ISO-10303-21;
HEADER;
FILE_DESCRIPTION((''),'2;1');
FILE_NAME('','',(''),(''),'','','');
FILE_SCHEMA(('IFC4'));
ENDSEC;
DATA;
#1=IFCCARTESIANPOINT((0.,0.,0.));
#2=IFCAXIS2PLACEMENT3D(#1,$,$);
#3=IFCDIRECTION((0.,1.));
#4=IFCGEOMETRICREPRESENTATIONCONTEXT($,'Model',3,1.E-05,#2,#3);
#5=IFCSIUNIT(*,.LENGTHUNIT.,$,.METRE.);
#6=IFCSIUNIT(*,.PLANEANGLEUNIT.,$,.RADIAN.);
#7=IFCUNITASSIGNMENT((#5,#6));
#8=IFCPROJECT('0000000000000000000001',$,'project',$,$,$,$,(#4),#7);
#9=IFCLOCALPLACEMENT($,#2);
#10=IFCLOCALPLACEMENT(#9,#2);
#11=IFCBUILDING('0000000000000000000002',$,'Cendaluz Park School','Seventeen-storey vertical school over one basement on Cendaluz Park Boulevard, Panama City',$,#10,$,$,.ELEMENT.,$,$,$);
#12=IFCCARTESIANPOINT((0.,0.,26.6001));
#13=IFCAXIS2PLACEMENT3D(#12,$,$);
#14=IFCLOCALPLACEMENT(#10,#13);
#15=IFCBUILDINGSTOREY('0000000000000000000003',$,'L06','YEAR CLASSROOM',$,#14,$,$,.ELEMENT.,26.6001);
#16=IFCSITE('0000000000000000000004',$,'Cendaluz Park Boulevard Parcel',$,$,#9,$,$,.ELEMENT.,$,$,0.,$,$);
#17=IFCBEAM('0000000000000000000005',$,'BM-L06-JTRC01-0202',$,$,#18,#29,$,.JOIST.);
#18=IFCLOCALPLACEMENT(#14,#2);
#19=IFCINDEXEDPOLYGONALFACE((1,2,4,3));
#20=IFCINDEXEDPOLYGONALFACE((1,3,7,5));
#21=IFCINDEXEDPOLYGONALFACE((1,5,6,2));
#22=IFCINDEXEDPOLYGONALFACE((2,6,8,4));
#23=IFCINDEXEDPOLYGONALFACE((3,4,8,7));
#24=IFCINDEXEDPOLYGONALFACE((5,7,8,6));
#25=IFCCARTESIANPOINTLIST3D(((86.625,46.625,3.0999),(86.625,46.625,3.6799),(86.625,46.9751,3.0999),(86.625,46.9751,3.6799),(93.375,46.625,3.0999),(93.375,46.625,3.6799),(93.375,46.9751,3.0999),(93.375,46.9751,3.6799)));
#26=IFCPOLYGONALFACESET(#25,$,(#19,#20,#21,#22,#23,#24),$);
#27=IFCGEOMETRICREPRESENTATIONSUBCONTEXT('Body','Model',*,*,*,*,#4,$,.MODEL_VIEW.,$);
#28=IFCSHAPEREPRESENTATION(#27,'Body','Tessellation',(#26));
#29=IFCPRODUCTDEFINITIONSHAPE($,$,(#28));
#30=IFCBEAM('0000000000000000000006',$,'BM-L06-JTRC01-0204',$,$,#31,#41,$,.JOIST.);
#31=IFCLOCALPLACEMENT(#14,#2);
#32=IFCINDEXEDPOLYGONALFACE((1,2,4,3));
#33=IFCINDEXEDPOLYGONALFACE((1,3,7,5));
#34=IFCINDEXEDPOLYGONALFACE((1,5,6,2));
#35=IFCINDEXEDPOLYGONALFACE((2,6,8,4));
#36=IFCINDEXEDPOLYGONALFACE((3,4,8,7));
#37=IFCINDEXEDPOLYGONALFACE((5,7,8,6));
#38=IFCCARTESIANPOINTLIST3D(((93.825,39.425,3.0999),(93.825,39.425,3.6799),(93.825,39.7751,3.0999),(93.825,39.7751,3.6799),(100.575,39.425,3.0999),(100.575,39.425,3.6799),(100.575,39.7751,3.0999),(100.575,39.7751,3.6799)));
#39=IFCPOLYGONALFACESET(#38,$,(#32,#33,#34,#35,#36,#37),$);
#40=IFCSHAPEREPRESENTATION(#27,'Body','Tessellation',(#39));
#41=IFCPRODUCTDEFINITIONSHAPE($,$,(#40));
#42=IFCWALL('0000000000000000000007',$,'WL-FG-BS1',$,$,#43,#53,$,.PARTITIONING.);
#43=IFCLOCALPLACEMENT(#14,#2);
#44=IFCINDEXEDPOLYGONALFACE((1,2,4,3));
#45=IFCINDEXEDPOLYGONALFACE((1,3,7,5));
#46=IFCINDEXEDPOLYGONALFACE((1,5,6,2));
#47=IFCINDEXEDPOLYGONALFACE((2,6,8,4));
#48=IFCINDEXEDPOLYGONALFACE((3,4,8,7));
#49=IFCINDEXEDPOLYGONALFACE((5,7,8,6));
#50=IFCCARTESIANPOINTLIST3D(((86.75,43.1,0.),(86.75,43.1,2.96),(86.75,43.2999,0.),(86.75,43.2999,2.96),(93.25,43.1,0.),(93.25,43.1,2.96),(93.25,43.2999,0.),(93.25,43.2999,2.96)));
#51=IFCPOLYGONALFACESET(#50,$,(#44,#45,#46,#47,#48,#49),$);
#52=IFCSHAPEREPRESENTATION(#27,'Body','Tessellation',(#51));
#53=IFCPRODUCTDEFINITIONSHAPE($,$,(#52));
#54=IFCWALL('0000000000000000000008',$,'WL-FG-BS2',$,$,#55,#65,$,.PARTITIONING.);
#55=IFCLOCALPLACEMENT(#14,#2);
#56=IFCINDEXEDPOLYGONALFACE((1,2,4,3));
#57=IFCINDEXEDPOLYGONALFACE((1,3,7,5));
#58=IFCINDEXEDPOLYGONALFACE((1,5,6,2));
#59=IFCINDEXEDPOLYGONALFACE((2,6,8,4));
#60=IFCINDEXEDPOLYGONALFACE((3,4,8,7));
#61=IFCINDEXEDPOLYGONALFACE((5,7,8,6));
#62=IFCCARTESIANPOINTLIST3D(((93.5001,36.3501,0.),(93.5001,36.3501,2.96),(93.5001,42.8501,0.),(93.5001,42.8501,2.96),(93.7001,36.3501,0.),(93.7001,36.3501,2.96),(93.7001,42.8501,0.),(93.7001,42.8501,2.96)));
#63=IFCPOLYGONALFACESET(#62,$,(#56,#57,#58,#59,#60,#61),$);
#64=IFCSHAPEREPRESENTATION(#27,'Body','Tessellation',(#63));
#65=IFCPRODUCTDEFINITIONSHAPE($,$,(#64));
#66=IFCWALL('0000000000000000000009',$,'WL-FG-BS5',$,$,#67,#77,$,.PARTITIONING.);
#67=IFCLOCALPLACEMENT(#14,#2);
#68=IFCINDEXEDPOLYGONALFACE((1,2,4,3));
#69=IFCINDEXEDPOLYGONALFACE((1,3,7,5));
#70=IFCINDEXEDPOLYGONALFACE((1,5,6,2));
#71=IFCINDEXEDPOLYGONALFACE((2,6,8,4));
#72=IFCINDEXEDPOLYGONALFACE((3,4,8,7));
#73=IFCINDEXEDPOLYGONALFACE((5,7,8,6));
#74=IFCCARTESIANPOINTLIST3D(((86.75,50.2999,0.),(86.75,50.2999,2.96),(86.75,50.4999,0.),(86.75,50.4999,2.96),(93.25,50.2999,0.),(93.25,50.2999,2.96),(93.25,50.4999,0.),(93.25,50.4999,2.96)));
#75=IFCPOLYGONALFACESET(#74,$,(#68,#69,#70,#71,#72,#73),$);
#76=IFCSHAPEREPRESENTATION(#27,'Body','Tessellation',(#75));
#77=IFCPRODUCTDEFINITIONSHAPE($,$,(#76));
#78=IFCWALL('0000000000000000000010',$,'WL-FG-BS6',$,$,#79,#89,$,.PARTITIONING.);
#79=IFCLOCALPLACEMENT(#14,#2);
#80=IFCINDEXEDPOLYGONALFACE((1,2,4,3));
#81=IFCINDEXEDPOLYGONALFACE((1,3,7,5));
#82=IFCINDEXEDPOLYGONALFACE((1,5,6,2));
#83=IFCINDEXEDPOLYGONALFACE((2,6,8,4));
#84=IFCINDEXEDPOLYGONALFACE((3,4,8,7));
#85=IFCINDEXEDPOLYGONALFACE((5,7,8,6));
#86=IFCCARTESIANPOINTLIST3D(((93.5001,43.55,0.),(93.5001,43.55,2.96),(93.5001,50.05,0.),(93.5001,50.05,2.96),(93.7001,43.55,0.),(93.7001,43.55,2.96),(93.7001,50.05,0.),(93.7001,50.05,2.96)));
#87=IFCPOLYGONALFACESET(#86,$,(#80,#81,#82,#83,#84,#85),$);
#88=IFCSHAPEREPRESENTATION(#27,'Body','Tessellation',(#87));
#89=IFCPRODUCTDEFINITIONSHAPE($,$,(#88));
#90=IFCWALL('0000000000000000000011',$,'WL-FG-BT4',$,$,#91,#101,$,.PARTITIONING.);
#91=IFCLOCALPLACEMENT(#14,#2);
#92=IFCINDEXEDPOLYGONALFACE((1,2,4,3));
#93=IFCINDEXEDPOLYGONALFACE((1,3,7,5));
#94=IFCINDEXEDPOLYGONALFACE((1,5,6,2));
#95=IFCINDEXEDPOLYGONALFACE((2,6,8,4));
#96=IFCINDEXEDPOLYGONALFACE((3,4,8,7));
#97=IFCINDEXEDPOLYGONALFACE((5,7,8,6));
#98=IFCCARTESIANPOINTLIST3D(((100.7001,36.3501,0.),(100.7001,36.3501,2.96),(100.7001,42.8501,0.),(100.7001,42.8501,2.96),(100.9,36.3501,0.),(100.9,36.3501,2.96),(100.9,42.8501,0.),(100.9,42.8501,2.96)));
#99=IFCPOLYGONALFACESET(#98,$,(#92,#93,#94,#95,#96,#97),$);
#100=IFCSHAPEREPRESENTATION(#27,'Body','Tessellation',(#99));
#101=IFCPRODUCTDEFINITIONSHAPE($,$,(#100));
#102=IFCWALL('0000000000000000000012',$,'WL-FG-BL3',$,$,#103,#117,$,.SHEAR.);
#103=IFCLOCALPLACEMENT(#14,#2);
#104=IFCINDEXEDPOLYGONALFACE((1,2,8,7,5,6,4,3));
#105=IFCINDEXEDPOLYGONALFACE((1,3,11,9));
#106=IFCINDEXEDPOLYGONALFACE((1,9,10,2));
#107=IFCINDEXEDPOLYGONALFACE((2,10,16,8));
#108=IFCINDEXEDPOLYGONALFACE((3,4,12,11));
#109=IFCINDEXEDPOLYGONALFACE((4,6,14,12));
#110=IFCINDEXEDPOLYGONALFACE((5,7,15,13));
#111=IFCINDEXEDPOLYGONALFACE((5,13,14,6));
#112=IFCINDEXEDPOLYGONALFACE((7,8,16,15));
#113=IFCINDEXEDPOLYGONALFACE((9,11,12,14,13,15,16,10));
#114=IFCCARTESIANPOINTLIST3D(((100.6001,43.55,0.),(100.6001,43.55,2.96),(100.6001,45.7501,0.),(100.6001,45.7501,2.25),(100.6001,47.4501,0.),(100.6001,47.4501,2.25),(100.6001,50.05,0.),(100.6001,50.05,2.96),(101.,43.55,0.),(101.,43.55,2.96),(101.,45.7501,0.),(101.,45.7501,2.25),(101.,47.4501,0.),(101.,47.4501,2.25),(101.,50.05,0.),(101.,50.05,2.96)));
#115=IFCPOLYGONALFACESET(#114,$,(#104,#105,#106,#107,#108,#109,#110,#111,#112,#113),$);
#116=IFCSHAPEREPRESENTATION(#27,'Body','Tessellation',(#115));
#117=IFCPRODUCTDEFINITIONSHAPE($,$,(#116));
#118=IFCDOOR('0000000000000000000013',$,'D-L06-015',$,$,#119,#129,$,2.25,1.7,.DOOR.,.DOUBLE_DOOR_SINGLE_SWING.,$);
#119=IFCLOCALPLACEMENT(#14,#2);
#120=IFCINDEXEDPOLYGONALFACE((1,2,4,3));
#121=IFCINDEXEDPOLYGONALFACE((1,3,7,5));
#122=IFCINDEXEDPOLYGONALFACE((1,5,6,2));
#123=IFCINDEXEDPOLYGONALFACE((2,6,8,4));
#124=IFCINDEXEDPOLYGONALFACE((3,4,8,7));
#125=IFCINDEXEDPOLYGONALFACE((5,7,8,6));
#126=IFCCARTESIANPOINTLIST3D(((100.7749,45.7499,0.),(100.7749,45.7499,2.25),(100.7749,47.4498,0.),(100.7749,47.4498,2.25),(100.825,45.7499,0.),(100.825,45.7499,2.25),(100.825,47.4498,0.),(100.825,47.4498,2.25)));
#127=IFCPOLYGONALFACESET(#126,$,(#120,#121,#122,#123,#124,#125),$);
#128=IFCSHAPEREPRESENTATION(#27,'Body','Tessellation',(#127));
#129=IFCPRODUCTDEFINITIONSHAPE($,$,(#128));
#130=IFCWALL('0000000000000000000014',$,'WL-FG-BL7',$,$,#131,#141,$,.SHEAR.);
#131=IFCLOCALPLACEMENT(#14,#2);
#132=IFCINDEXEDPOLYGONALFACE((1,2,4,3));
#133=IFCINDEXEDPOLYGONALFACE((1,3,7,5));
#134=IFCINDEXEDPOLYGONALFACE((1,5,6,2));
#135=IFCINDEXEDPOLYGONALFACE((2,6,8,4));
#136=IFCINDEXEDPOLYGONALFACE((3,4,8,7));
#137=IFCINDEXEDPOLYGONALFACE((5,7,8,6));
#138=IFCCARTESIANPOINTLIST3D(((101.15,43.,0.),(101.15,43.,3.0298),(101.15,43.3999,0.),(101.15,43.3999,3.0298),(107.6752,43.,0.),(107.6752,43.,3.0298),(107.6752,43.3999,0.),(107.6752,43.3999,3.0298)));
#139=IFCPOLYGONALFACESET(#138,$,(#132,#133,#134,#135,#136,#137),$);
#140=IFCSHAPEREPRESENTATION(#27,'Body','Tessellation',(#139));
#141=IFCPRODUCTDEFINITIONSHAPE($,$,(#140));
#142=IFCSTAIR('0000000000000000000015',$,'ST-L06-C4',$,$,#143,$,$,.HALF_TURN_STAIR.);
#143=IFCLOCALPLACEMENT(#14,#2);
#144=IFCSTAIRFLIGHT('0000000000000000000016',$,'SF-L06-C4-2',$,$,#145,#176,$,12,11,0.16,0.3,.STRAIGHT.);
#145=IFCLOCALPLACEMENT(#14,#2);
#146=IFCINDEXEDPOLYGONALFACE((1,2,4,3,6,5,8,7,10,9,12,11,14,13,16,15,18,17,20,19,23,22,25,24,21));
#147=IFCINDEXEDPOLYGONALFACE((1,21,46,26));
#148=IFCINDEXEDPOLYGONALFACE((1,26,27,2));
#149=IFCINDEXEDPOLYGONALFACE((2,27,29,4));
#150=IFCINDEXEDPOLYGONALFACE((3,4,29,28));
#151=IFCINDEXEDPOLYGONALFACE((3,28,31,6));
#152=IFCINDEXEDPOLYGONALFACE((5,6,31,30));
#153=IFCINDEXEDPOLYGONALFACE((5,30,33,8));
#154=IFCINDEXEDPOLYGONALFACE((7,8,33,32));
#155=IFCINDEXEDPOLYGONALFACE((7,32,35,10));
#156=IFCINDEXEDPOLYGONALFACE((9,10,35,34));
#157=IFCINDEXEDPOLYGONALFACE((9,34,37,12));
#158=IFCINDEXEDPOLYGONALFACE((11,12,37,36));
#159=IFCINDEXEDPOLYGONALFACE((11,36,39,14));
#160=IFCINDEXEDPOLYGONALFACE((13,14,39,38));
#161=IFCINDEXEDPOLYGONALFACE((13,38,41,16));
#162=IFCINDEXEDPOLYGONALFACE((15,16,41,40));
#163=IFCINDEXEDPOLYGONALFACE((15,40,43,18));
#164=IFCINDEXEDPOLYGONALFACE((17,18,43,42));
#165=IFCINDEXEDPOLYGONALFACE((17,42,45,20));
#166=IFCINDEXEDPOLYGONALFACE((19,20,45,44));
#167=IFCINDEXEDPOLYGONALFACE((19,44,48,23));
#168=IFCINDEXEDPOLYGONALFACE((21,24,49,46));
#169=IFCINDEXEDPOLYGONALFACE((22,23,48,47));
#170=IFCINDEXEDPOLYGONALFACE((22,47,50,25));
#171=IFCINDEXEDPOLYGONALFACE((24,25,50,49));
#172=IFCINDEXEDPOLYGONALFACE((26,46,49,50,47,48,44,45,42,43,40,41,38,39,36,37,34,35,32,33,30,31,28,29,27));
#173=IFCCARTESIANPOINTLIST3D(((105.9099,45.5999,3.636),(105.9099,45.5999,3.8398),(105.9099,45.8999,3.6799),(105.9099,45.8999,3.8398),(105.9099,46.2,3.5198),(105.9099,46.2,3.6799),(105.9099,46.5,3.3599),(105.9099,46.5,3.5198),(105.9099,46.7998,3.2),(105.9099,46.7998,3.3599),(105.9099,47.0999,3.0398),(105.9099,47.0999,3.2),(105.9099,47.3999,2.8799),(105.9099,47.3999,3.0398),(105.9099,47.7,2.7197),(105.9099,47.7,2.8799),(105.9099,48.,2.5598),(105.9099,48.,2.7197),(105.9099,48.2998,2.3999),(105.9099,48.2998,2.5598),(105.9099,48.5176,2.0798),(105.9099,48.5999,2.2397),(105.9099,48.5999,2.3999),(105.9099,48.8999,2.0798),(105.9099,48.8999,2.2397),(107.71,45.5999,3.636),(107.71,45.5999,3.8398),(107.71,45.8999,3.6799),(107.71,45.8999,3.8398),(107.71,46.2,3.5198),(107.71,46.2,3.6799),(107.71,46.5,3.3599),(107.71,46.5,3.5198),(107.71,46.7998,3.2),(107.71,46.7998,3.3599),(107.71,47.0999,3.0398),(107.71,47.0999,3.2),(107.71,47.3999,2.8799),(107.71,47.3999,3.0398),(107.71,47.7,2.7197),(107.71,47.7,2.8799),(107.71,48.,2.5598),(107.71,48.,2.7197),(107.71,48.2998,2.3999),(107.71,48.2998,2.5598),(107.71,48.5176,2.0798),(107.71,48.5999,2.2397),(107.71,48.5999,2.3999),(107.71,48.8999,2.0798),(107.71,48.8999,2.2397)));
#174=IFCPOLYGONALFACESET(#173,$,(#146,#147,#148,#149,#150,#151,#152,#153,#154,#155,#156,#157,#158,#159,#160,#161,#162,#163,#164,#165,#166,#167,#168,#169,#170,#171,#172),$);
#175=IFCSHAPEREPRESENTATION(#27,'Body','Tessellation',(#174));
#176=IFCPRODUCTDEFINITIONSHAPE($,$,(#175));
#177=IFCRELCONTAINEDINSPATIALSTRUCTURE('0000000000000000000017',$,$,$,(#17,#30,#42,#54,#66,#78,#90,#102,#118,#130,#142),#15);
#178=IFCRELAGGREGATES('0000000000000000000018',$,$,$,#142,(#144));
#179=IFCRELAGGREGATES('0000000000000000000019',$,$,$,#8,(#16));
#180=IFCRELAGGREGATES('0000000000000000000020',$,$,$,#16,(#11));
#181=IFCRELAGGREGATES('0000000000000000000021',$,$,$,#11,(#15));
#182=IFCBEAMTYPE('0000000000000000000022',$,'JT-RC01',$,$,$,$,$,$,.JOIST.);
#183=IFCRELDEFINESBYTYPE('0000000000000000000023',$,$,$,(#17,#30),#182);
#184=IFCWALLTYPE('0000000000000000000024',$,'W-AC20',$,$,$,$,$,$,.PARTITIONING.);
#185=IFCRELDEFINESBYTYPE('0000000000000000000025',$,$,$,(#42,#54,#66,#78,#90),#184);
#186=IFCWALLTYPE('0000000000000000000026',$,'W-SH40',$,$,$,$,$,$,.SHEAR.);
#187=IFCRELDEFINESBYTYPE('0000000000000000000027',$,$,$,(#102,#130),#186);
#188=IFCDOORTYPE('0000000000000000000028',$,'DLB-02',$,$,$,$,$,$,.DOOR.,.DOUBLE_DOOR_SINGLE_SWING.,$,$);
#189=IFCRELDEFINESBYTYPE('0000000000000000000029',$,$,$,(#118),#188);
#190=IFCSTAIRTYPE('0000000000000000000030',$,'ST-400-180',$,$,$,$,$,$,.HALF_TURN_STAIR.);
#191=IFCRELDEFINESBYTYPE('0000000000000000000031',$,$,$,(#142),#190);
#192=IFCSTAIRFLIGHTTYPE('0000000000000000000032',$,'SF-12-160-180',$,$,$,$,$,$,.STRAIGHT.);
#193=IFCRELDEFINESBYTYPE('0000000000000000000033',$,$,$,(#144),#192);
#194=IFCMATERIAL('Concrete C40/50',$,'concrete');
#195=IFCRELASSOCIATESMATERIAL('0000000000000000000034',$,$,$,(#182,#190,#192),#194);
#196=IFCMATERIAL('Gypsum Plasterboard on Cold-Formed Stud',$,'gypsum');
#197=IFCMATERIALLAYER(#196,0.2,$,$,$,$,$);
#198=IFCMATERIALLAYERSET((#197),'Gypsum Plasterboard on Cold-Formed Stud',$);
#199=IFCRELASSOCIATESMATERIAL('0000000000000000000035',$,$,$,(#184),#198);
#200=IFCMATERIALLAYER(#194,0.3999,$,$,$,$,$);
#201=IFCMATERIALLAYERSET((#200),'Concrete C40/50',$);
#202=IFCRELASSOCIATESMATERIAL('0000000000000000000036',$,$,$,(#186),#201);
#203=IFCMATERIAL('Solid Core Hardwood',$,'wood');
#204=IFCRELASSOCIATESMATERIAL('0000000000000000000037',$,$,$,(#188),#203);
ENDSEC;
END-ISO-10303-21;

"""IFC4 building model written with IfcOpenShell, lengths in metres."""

from ifc_helpers import new_model, si_unit, direction, frame, frame_2d, origin, origin_2d, place, context, subcontext, project, spatial, polyline, rectangle, outline, extrude, material, layer, layer_set, material_profile, profile_set, type_object, element, fill, aggregate, save


model = new_model("IFC4")

# Units and contexts
model_context = context("Model", 3, precision=1e-05, world=origin(), true_north=direction((0.0, 1.0)))
body_context = subcontext(model_context, "Body", "Model", "MODEL_VIEW")
ifc_project = project(units=[si_unit("LENGTHUNIT", "METRE"), si_unit("PLANEANGLEUNIT", "RADIAN")], contexts=[model_context])

# Site, building, storey
site_placement = place(None, origin())
site = spatial("IfcSite", under=ifc_project, at=site_placement, Name="Cendaluz Park Boulevard Parcel", CompositionType="ELEMENT", RefElevation=0.0)
building_placement = place(site_placement, origin())
building = spatial("IfcBuilding", under=site, at=building_placement, Name="Cendaluz Park School", Description="Seventeen-storey vertical school over one basement on Cendaluz Park Boulevard, Panama City", CompositionType="ELEMENT")
storey_placement = place(building_placement, frame((0.0, 0.0, 26.6001)))
storey = spatial("IfcBuildingStorey", under=building, at=storey_placement, Name="L06", Description="YEAR CLASSROOM", CompositionType="ELEMENT", Elevation=26.6001)

# Shared definitions
ifc_material_1 = material(Name="Concrete C40/50", Category="concrete")

# Beams
ifc_material_profile_1 = material_profile(ifc_material_1, rectangle(XDim=0.3501, YDim=0.5801, at=origin_2d()), Name="RC 350x580", Category="concrete")
ifc_profile_set_1 = profile_set([ifc_material_profile_1], Name="Concrete C40/50")
beam_type_1 = type_object("IfcBeamType", Name="JT-RC01", PredefinedType="JOIST", material=ifc_profile_set_1)
for number, where, z_axis, x_axis, name in (
    (1, (86.625, 46.8, 3.3899), (1.0, 0.0, 0.0), (0.0, 1.0, 0.0), "BM-L06-JTRC01-0202"),
    (2, (93.825, 39.6001, 3.3899), (1.0, 0.0, 0.0), (0.0, 1.0, 0.0), "BM-L06-JTRC01-0204"),
):
    element("IfcBeam", number, at=place(storey_placement, frame(where, z_axis=z_axis, x_axis=x_axis)), inside=storey, type_object=beam_type_1, Name=name, PredefinedType="JOIST", context=body_context, shape_type="SweptSolid", body=[
        extrude(rectangle(XDim=0.3501, YDim=0.5801, at=origin_2d()), origin(), (0.0, 0.0, 1.0), 6.75),
    ])

# Walls
ifc_material_2 = material(Name="Gypsum Plasterboard on Cold-Formed Stud", Category="gypsum")
ifc_layer_1 = layer(ifc_material_2, 0.2)
ifc_layer_set_1 = layer_set([ifc_layer_1], Name="Gypsum Plasterboard on Cold-Formed Stud")
wall_type_1 = type_object("IfcWallType", Name="W-AC20", PredefinedType="PARTITIONING", material=ifc_layer_set_1)
for number, where, z_axis, x_axis, name in (
    (3, (86.75, 43.2, 0.0), (0.0, 0.0, 1.0), (1.0, 0.0, 0.0), "WL-FG-BS1"),
    (4, (93.6001, 36.3501, 0.0), (0.0, 0.0, 1.0), (0.0, 1.0, 0.0), "WL-FG-BS2"),
    (5, (86.75, 50.3999, 0.0), (0.0, 0.0, 1.0), (1.0, 0.0, 0.0), "WL-FG-BS5"),
    (6, (93.6001, 43.55, 0.0), (0.0, 0.0, 1.0), (0.0, 1.0, 0.0), "WL-FG-BS6"),
    (7, (100.8, 36.3501, 0.0), (0.0, 0.0, 1.0), (0.0, 1.0, 0.0), "WL-FG-BT4"),
):
    element("IfcWall", number, at=place(storey_placement, frame(where, z_axis=z_axis, x_axis=x_axis)), inside=storey, type_object=wall_type_1, Name=name, PredefinedType="PARTITIONING", context=body_context, shape_type="SweptSolid", body=[
        extrude(rectangle(XDim=6.5, YDim=0.2, at=frame_2d((3.25, 0.0))), origin(), (0.0, 0.0, 1.0), 2.96),
    ])

# Shared definitions
ifc_material_3 = material(Name="Solid Core Hardwood", Category="wood")

# Wall, opening, door
ifc_layer_2 = layer(ifc_material_1, 0.3999)
ifc_layer_set_2 = layer_set([ifc_layer_2], Name="Concrete C40/50")
wall_type_2 = type_object("IfcWallType", Name="W-SH40", PredefinedType="SHEAR", material=ifc_layer_set_2)
wall_1_placement = place(storey_placement, frame((100.8, 43.55, 0.0), z_axis=(0.0, 0.0, 1.0), x_axis=(0.0, 1.0, 0.0)))
wall_1 = element("IfcWall", 8, at=wall_1_placement, inside=storey, type_object=wall_type_2, Name="WL-FG-BL3", PredefinedType="SHEAR", context=body_context, shape_type="SweptSolid", body=[
    extrude(rectangle(XDim=6.5, YDim=0.3999, at=frame_2d((3.25, 0.0))), origin(), (0.0, 0.0, 1.0), 2.96),
])
opening_1_placement = place(wall_1_placement, frame((2.2, 0.0, 0.0)))
opening_1 = element("IfcOpeningElement", 9, at=opening_1_placement, cuts=wall_1, PredefinedType="OPENING", context=body_context, shape_type="SweptSolid", body=[
    extrude(rectangle(XDim=1.7, YDim=2.25, at=frame_2d((0.8501, 1.125))), frame((0.0, 0.2119, 0.0), z_axis=(0.0, -1.0, 0.0), x_axis=(1.0, 0.0, 0.0)), (0.0, 0.0, 1.0), 0.4238),
])
door_type_1 = type_object("IfcDoorType", Name="DLB-02", OperationType="DOUBLE_DOOR_SINGLE_SWING", PredefinedType="DOOR", material=ifc_material_3)
door_1_placement = place(opening_1_placement, frame((1.7, 0.0, 0.0), z_axis=(0.0, 0.0, 1.0), x_axis=(-1.0, 0.0, 0.0)))
door_1 = element("IfcDoor", 10, at=door_1_placement, inside=storey, type_object=door_type_1, Name="D-L06-015", OperationType="DOUBLE_DOOR_SINGLE_SWING", OverallHeight=2.25, OverallWidth=1.7, PredefinedType="DOOR", context=body_context, shape_type="SweptSolid", body=[
    extrude(rectangle(XDim=1.7, YDim=2.25, at=frame_2d((0.8501, 1.125))), frame((0.0, 0.0249, 0.0), z_axis=(0.0, -1.0, 0.0), x_axis=(1.0, 0.0, 0.0)), (0.0, 0.0, 1.0), 0.05),
])
fill(opening_1, door_1)

# Wall
wall_2_placement = place(storey_placement, frame((101.1499, 43.2, 0.0), z_axis=(0.0, 0.0, 1.0), x_axis=(1.0, 0.0, 0.0)))
element("IfcWall", 11, at=wall_2_placement, inside=storey, type_object=wall_type_2, Name="WL-FG-BL7", PredefinedType="SHEAR", context=body_context, shape_type="SweptSolid", body=[
    extrude(rectangle(XDim=6.5251, YDim=0.3999, at=frame_2d((3.2627, 0.0))), origin(), (0.0, 0.0, 1.0), 3.0298),
])

# Stair, stair flight
stair_type = type_object("IfcStairType", Name="ST-400-180", PredefinedType="HALF_TURN_STAIR", material=ifc_material_1)
stair_placement = place(storey_placement, origin())
stair = element("IfcStair", 12, at=stair_placement, inside=storey, type_object=stair_type, Name="ST-L06-C4", PredefinedType="HALF_TURN_STAIR")
stair_flight_type_1 = type_object("IfcStairFlightType", Name="SF-12-160-180", PredefinedType="STRAIGHT", material=ifc_material_1)
stair_flight_1_placement = place(storey_placement, frame((106.8101, 48.8999, 2.0798), z_axis=(0.0, 0.0, 1.0), x_axis=(0.0, -1.0, 0.0)))
stair_flight_1 = element("IfcStairFlight", 13, at=stair_flight_1_placement, type_object=stair_flight_type_1, Name="SF-L06-C4-2", NumberOfRisers=12, NumberOfTreads=11, PredefinedType="STRAIGHT", RiserHeight=0.16, TreadLength=0.3, context=body_context, shape_type="SweptSolid", body=[
    extrude(outline(polyline([(0.0, 0.0), (0.0, 0.1599), (0.3, 0.1599), (0.3, 0.3201), (0.6001, 0.3201), (0.6001, 0.48), (0.8999, 0.48), (0.8999, 0.6399), (1.2, 0.6399), (1.2, 0.8), (1.5, 0.8), (1.5, 0.96), (1.8, 0.96), (1.8, 1.1201), (2.1001, 1.1201), (2.1001, 1.28), (2.3999, 1.28), (2.3999, 1.4399), (2.7, 1.4399), (2.7, 1.6001), (3.0, 1.6001), (3.0, 1.76), (3.3, 1.76), (3.3, 1.9199), (3.3, 1.5562), (0.3823, 0.0), (0.0, 0.0)])), frame((0.0, 0.8999, 0.0), z_axis=(0.0, -1.0, 0.0), x_axis=(1.0, 0.0, 0.0)), (0.0, 0.0, 1.0), 1.8),
])
aggregate(stair, [stair_flight_1])

save(model, "model.ifc")
